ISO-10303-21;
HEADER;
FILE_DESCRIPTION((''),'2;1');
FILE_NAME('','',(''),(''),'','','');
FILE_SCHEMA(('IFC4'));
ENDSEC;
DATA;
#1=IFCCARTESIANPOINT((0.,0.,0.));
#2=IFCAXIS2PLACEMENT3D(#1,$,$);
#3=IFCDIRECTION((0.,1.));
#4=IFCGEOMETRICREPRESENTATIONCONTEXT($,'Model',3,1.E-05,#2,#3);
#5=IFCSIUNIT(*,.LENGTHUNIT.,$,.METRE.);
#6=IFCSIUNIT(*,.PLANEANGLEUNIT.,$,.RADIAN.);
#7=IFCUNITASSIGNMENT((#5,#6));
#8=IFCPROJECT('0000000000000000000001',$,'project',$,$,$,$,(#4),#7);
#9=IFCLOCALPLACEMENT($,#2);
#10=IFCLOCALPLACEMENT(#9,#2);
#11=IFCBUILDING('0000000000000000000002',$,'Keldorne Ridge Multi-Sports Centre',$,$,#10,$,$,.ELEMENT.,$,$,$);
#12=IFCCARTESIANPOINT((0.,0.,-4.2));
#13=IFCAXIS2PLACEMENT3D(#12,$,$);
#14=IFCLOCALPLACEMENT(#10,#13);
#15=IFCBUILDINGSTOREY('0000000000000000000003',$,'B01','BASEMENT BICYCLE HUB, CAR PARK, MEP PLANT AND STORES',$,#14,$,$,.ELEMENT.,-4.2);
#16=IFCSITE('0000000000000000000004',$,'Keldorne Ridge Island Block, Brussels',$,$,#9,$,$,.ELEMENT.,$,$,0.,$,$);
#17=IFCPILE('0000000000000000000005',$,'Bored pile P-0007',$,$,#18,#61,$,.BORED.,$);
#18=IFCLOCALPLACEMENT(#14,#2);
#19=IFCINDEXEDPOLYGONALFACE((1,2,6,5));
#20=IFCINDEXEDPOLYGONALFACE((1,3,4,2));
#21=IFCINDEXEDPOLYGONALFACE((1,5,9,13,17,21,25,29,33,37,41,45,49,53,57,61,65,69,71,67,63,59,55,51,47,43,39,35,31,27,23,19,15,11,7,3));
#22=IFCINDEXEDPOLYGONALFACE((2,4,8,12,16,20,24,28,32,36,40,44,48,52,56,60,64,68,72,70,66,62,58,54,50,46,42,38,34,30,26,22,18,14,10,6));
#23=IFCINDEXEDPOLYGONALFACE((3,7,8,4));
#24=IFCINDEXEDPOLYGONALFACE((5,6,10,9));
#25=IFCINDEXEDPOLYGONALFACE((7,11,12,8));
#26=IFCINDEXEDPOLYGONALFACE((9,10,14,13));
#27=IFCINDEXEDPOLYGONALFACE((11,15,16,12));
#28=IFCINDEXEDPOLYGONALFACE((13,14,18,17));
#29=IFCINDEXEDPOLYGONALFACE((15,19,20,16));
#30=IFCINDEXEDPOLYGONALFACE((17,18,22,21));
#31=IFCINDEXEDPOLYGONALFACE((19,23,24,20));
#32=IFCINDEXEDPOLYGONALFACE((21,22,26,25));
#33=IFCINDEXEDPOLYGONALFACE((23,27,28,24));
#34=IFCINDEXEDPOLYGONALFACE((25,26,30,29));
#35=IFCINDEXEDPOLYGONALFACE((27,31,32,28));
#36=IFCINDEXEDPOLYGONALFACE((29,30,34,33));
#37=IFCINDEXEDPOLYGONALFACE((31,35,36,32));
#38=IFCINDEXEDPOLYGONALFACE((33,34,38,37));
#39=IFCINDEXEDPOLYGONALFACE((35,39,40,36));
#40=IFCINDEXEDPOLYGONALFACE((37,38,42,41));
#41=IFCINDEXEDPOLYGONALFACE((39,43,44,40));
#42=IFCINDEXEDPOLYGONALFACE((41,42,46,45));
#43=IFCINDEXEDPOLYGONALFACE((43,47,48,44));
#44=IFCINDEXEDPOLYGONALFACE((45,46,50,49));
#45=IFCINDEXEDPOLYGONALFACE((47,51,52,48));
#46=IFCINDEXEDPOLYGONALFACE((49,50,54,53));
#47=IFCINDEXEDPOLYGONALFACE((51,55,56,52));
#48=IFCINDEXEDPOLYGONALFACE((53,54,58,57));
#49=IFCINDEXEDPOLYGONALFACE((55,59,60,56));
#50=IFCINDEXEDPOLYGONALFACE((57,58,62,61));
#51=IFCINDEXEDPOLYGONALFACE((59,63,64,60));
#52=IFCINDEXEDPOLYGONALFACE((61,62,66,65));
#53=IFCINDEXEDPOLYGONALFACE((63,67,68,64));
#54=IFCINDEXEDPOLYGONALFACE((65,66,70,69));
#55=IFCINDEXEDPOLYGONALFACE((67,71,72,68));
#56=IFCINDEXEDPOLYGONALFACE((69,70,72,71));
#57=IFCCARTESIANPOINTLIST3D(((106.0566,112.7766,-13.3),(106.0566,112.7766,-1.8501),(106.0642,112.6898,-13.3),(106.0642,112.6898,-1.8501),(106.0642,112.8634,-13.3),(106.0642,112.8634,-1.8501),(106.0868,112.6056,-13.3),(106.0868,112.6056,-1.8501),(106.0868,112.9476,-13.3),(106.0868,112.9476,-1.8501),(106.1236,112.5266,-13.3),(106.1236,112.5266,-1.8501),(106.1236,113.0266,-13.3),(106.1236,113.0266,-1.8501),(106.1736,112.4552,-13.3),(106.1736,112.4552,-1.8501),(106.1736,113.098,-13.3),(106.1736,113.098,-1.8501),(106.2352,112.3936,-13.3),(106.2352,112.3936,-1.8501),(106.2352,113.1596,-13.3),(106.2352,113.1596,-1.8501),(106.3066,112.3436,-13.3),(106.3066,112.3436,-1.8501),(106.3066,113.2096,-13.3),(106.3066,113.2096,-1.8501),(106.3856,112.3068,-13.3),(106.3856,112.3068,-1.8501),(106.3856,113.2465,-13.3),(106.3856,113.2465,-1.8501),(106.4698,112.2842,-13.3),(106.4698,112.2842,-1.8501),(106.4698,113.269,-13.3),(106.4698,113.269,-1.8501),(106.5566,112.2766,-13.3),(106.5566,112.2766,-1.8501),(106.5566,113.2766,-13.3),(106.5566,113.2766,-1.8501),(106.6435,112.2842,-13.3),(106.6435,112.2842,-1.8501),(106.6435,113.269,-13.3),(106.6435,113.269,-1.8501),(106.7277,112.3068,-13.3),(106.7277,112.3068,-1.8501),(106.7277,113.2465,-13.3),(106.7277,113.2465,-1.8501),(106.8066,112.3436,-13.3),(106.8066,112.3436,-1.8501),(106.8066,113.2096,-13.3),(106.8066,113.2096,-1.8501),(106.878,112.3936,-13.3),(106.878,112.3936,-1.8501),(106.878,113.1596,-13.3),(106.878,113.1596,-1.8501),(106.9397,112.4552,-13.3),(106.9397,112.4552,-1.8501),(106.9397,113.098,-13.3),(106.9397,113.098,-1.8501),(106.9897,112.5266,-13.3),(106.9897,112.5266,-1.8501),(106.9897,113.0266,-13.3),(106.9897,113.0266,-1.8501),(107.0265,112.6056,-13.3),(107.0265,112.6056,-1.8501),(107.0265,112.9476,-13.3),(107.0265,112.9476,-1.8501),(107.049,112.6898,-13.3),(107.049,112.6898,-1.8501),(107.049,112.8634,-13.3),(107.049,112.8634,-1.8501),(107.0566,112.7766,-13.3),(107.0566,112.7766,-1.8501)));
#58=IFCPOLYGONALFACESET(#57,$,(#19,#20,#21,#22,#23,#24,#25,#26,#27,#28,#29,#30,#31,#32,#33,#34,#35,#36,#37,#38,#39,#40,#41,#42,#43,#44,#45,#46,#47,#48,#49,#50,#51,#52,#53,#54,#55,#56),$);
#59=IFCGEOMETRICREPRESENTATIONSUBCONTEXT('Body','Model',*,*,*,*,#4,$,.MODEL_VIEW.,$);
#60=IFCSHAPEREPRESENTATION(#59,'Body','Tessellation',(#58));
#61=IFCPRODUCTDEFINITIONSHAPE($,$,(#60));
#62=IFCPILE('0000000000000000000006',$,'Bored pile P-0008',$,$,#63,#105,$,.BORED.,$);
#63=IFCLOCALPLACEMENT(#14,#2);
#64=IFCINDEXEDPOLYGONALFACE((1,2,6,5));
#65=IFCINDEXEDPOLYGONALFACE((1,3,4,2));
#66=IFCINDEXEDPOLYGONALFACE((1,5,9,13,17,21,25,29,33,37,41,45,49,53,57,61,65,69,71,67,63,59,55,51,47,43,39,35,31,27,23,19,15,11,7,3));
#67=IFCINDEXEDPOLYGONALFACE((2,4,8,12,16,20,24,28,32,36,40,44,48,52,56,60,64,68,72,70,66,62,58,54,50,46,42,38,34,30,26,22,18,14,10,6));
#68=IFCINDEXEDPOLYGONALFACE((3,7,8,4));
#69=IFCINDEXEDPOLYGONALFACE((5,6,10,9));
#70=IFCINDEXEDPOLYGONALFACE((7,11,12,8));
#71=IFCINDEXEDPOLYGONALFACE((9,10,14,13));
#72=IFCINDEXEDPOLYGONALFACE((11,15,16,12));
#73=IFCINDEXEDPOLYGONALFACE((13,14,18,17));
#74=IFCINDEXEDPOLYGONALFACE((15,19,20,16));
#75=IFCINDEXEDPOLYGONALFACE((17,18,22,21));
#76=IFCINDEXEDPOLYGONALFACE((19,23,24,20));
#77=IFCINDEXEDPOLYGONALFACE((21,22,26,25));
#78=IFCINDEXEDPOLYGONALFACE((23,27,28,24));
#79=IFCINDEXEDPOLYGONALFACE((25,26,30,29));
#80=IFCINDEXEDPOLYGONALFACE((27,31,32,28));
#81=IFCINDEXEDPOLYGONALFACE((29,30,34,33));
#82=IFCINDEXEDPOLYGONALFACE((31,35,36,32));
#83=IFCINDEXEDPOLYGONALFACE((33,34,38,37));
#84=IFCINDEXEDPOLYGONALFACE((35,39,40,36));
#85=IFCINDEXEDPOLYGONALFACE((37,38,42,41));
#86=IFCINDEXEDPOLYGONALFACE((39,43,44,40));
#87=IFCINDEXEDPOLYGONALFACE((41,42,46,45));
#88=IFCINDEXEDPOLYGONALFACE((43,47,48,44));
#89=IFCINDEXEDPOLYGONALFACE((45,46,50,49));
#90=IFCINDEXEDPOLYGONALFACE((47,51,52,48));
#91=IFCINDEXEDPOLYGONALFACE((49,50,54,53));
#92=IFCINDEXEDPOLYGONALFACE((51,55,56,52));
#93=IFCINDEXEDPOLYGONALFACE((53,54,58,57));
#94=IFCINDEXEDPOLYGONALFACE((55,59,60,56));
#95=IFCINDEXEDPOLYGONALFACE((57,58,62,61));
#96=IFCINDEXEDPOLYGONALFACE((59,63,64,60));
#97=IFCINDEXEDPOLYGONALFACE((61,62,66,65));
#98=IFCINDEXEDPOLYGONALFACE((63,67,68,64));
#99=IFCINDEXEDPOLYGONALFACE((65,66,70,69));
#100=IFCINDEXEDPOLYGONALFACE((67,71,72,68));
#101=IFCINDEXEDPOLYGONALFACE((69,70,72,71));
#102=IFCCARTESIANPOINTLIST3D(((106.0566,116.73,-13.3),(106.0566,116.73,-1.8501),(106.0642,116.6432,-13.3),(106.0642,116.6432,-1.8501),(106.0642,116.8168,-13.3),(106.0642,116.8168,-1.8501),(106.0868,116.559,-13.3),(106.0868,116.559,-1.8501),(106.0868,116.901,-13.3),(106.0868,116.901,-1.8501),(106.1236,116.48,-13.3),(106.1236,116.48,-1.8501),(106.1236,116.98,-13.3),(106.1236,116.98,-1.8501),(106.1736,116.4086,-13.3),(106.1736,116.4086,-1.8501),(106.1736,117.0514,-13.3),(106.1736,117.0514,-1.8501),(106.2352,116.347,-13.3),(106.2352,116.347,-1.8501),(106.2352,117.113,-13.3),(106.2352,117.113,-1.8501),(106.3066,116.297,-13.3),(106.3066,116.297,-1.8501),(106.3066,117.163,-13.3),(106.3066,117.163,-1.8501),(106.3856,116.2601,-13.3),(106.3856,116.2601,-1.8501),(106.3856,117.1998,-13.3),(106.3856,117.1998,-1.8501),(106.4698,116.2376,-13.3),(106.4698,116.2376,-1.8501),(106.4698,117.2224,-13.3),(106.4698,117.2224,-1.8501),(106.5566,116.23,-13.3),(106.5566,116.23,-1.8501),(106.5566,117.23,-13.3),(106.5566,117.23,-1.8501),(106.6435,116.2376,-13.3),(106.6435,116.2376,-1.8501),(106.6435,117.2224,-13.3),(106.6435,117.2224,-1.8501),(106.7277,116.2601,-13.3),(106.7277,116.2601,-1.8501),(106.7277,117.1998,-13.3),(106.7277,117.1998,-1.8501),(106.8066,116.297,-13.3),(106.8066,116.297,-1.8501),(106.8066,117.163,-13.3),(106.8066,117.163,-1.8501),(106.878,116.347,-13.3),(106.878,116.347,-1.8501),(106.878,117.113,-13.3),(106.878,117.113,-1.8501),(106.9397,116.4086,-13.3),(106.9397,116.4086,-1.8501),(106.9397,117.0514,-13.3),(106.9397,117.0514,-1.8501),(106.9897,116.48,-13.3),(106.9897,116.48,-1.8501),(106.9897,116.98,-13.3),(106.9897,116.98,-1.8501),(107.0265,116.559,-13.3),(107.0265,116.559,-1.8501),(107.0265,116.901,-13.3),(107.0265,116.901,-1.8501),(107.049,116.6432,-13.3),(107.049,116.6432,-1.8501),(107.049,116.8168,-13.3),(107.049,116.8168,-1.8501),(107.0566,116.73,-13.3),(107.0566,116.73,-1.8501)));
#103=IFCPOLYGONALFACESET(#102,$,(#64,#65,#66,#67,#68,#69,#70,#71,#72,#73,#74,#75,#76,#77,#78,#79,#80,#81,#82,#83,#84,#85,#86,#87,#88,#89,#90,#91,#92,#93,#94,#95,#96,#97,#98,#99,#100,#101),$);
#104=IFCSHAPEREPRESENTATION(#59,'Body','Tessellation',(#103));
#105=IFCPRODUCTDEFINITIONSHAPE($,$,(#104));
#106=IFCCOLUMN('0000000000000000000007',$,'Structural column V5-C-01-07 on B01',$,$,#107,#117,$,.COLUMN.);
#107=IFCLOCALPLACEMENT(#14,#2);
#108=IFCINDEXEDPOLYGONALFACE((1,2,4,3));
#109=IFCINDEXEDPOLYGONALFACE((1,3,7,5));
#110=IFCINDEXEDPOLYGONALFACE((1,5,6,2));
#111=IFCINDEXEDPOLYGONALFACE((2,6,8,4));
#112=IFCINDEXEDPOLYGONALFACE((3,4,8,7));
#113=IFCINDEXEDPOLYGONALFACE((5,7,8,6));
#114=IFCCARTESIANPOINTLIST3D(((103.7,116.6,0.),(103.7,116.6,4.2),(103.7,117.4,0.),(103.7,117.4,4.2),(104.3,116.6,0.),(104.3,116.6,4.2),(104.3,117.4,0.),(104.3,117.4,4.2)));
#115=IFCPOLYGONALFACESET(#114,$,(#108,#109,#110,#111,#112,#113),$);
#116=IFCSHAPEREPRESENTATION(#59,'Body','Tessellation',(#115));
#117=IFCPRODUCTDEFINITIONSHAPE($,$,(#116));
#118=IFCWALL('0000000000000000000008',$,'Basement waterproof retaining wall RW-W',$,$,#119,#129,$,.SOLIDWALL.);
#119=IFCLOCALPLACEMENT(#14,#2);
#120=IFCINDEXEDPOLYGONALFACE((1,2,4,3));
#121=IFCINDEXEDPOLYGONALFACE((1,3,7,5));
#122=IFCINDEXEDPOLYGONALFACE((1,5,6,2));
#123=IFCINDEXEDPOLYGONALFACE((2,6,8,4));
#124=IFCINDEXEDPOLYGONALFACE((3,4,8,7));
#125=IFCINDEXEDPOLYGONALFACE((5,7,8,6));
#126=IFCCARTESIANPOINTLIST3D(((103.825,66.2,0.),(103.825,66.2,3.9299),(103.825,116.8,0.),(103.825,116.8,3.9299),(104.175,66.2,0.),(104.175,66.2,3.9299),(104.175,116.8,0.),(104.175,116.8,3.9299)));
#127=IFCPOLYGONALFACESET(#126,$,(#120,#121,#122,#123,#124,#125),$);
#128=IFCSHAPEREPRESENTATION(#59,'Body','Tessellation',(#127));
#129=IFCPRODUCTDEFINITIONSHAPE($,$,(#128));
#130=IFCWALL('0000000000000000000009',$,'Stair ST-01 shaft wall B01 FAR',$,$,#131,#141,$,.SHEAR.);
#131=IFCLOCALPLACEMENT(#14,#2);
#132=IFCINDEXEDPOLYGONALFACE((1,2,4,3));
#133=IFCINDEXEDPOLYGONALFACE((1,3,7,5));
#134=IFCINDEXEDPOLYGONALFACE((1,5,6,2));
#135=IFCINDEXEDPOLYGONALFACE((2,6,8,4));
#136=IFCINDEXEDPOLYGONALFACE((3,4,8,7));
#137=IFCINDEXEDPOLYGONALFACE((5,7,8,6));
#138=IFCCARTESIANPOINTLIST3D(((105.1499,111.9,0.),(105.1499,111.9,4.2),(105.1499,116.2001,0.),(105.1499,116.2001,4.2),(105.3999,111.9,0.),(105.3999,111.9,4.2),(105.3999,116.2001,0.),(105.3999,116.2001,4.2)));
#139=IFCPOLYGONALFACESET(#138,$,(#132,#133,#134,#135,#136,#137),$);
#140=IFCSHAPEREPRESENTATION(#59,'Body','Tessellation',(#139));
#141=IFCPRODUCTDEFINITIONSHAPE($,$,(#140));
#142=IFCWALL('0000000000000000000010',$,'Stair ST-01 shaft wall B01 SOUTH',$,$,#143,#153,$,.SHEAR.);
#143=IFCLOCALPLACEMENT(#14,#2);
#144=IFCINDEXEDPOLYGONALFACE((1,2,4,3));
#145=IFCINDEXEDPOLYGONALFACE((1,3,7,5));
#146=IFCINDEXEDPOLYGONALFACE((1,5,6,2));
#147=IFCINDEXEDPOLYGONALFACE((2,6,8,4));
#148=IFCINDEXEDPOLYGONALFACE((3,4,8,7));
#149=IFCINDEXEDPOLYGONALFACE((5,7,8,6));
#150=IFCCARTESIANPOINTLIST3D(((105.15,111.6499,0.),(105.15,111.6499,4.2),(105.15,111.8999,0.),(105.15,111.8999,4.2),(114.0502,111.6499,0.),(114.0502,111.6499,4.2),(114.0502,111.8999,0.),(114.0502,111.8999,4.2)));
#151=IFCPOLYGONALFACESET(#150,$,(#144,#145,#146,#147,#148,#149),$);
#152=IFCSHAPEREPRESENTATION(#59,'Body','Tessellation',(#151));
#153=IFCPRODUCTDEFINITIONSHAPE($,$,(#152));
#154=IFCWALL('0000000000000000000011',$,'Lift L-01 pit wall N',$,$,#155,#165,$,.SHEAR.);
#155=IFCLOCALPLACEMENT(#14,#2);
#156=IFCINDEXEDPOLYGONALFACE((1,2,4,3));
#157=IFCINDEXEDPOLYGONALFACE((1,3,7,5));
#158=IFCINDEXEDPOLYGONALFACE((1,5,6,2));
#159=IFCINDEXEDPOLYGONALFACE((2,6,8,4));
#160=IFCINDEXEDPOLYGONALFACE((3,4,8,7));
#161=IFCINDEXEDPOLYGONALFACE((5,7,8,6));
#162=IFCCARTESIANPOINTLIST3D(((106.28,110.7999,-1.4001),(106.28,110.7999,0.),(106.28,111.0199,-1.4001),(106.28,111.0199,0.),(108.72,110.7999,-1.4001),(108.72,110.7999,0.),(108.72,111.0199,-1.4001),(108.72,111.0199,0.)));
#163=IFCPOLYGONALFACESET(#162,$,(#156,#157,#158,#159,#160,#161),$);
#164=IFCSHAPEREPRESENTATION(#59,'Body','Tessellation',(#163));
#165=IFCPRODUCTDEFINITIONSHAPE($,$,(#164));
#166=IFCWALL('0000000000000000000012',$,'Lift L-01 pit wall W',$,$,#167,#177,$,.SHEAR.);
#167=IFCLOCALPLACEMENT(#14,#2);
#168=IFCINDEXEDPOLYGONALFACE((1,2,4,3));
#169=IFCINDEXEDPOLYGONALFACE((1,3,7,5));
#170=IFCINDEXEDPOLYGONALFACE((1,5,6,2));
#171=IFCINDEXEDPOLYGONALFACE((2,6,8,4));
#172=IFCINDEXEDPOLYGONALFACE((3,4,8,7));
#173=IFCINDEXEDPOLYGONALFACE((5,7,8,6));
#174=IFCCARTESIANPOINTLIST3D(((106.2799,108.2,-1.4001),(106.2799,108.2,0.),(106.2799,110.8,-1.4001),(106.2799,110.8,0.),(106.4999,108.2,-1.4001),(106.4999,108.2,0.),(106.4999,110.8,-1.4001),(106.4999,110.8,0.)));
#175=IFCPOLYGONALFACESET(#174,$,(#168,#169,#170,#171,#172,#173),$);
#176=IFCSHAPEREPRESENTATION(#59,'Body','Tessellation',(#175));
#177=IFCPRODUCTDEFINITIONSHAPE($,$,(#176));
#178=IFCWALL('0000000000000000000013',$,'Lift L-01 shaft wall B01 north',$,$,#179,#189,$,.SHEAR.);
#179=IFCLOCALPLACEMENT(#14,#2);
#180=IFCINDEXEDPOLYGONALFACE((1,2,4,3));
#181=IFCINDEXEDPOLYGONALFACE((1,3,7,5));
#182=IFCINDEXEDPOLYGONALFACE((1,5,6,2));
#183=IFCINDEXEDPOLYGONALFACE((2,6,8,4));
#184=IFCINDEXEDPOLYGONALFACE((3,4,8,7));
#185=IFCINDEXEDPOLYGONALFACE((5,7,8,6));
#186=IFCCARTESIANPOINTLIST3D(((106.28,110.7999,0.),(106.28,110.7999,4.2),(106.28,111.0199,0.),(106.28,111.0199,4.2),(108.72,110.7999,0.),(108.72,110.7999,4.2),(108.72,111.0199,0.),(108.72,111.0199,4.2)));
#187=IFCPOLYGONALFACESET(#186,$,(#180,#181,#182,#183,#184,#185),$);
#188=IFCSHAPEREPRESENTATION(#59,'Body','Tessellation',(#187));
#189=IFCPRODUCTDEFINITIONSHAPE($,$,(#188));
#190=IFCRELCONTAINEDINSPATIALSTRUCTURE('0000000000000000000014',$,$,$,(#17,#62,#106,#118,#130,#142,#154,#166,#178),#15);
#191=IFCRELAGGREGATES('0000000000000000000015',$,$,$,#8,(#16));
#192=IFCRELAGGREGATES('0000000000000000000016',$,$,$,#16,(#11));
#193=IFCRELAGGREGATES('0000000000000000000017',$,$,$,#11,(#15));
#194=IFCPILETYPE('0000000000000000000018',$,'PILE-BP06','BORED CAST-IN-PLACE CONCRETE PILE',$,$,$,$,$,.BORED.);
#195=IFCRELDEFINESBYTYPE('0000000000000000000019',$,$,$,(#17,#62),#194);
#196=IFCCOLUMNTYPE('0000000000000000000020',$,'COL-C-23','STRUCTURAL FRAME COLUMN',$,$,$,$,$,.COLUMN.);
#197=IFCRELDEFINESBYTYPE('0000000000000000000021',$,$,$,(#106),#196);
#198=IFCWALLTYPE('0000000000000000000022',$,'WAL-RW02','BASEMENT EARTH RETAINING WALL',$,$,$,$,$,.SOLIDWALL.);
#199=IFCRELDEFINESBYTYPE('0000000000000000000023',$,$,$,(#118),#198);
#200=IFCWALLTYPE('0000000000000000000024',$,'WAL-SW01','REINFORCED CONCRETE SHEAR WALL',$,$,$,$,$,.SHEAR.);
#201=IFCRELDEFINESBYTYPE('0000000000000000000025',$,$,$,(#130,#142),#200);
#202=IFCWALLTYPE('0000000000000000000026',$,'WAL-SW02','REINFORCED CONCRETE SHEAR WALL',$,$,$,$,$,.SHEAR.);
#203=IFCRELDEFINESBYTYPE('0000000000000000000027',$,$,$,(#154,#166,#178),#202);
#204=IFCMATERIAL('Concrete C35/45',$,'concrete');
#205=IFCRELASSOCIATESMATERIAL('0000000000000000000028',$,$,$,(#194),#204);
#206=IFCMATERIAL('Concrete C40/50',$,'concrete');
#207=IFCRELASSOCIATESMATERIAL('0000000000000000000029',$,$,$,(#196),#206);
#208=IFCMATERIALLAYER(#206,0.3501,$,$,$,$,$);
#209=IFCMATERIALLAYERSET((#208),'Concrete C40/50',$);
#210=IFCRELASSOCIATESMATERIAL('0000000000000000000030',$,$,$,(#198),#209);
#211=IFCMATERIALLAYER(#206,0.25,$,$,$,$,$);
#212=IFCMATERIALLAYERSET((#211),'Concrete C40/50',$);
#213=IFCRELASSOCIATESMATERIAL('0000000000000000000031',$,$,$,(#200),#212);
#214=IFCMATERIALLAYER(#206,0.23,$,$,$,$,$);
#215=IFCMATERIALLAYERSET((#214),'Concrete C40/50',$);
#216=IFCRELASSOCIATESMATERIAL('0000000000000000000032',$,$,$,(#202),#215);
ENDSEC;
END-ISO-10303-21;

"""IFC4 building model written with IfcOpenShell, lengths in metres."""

from ifc_helpers import new_model, si_unit, direction, frame, frame_2d, origin, origin_2d, place, context, subcontext, project, spatial, rectangle, circle, extrude, material, layer, layer_set, material_profile, profile_set, type_object, element, save


model = new_model("IFC4")

# Units and contexts
model_context = context("Model", 3, precision=1e-05, world=origin(), true_north=direction((0.0, 1.0)))
body_context = subcontext(model_context, "Body", "Model", "MODEL_VIEW")
ifc_project = project(units=[si_unit("LENGTHUNIT", "METRE"), si_unit("PLANEANGLEUNIT", "RADIAN")], contexts=[model_context])

# Site, building, storey
site_placement = place(None, origin())
site = spatial("IfcSite", under=ifc_project, at=site_placement, Name="Keldorne Ridge Island Block, Brussels", CompositionType="ELEMENT", RefElevation=0.0)
building_placement = place(site_placement, origin())
building = spatial("IfcBuilding", under=site, at=building_placement, Name="Keldorne Ridge Multi-Sports Centre", CompositionType="ELEMENT")
storey_placement = place(building_placement, frame((0.0, 0.0, -4.2)))
storey = spatial("IfcBuildingStorey", under=building, at=storey_placement, Name="B01", Description="BASEMENT BICYCLE HUB, CAR PARK, MEP PLANT AND STORES", CompositionType="ELEMENT", Elevation=-4.2)

# Shared definitions
ifc_material_1 = material(Name="Concrete C35/45", Category="concrete")

# Piles
ifc_material_profile_1 = material_profile(ifc_material_1, circle(Radius=0.5, at=origin_2d()), Name="BORED PILE D1000")
ifc_profile_set_1 = profile_set([ifc_material_profile_1], Name="Concrete C35/45")
pile_type_1 = type_object("IfcPileType", Name="PILE-BP06", Description="BORED CAST-IN-PLACE CONCRETE PILE", PredefinedType="BORED", material=ifc_profile_set_1)
for number, where, z_axis, x_axis, name in (
    (1, (106.5566, 112.7766, -1.8501), (0.0, 0.0, -1.0), (1.0, 0.0, 0.0), "Bored pile P-0007"),
    (2, (106.5566, 116.73, -1.8501), (0.0, 0.0, -1.0), (1.0, 0.0, 0.0), "Bored pile P-0008"),
):
    element("IfcPile", number, at=place(storey_placement, frame(where, z_axis=z_axis, x_axis=x_axis)), inside=storey, type_object=pile_type_1, Name=name, PredefinedType="BORED", context=body_context, shape_type="SweptSolid", body=[
        extrude(circle(Radius=0.5, at=origin_2d()), origin(), (0.0, 0.0, 1.0), 11.45),
    ])

# Column
ifc_material_2 = material(Name="Concrete C40/50", Category="concrete")
ifc_material_profile_2 = material_profile(ifc_material_2, rectangle(XDim=0.6001, YDim=0.8, at=origin_2d()), Name="RC 600x800")
ifc_profile_set_2 = profile_set([ifc_material_profile_2], Name="Concrete C40/50")
column_type = type_object("IfcColumnType", Name="COL-C-23", Description="STRUCTURAL FRAME COLUMN", PredefinedType="COLUMN", material=ifc_profile_set_2)
column_placement = place(storey_placement, frame((104.0, 117.0, 0.0), z_axis=(0.0, 0.0, 1.0), x_axis=(1.0, 0.0, 0.0)))
element("IfcColumn", 3, at=column_placement, inside=storey, type_object=column_type, Name="Structural column V5-C-01-07 on B01", PredefinedType="COLUMN", context=body_context, shape_type="SweptSolid", body=[
    extrude(rectangle(XDim=0.6001, YDim=0.8, at=origin_2d()), origin(), (0.0, 0.0, 1.0), 4.2),
])

# Walls
ifc_layer_1 = layer(ifc_material_2, 0.3501)
ifc_layer_set_1 = layer_set([ifc_layer_1], Name="Concrete C40/50")
wall_type_1 = type_object("IfcWallType", Name="WAL-RW02", Description="BASEMENT EARTH RETAINING WALL", PredefinedType="SOLIDWALL", material=ifc_layer_set_1)
wall_1_placement = place(storey_placement, frame((104.0, 116.8, 0.0), z_axis=(0.0, 0.0, 1.0), x_axis=(0.0, -1.0, 0.0)))
element("IfcWall", 4, at=wall_1_placement, inside=storey, type_object=wall_type_1, Name="Basement waterproof retaining wall RW-W", PredefinedType="SOLIDWALL", context=body_context, shape_type="SweptSolid", body=[
    extrude(rectangle(XDim=50.6001, YDim=0.3501, at=frame_2d((25.3, 0.0))), origin(), (0.0, 0.0, 1.0), 3.9299),
])
ifc_layer_2 = layer(ifc_material_2, 0.25)
ifc_layer_set_2 = layer_set([ifc_layer_2], Name="Concrete C40/50")
wall_type_2 = type_object("IfcWallType", Name="WAL-SW01", Description="REINFORCED CONCRETE SHEAR WALL", PredefinedType="SHEAR", material=ifc_layer_set_2)
wall_2_placement = place(storey_placement, frame((105.2749, 116.2, 0.0), z_axis=(0.0, 0.0, 1.0), x_axis=(0.0, -1.0, 0.0)))
element("IfcWall", 5, at=wall_2_placement, inside=storey, type_object=wall_type_2, Name="Stair ST-01 shaft wall B01 FAR", PredefinedType="SHEAR", context=body_context, shape_type="SweptSolid", body=[
    extrude(rectangle(XDim=4.3, YDim=0.25, at=frame_2d((2.1499, 0.0))), origin(), (0.0, 0.0, 1.0), 4.2),
])
wall_3_placement = place(storey_placement, frame((105.1499, 111.7749, 0.0), z_axis=(0.0, 0.0, 1.0), x_axis=(1.0, 0.0, 0.0)))
element("IfcWall", 6, at=wall_3_placement, inside=storey, type_object=wall_type_2, Name="Stair ST-01 shaft wall B01 SOUTH", PredefinedType="SHEAR", context=body_context, shape_type="SweptSolid", body=[
    extrude(rectangle(XDim=8.9001, YDim=0.25, at=frame_2d((4.4502, 0.0))), origin(), (0.0, 0.0, 1.0), 4.2),
])
ifc_layer_3 = layer(ifc_material_2, 0.23)
ifc_layer_set_3 = layer_set([ifc_layer_3], Name="Concrete C40/50")
wall_type_3 = type_object("IfcWallType", Name="WAL-SW02", Description="REINFORCED CONCRETE SHEAR WALL", PredefinedType="SHEAR", material=ifc_layer_set_3)
wall_4_placement = place(storey_placement, frame((108.72, 110.9099, -1.4001), z_axis=(0.0, 0.0, 1.0), x_axis=(-1.0, 0.0, 0.0)))
element("IfcWall", 7, at=wall_4_placement, inside=storey, type_object=wall_type_3, Name="Lift L-01 pit wall N", PredefinedType="SHEAR", context=body_context, shape_type="SweptSolid", body=[
    extrude(rectangle(XDim=2.4399, YDim=0.22, at=frame_2d((1.22, 0.0))), origin(), (0.0, 0.0, 1.0), 1.4001),
])
wall_5_placement = place(storey_placement, frame((106.3899, 110.8, -1.4001), z_axis=(0.0, 0.0, 1.0), x_axis=(0.0, -1.0, 0.0)))
element("IfcWall", 8, at=wall_5_placement, inside=storey, type_object=wall_type_3, Name="Lift L-01 pit wall W", PredefinedType="SHEAR", context=body_context, shape_type="SweptSolid", body=[
    extrude(rectangle(XDim=2.6001, YDim=0.22, at=frame_2d((1.3, 0.0))), origin(), (0.0, 0.0, 1.0), 1.4001),
])
wall_6_placement = place(storey_placement, frame((108.72, 110.9099, 0.0), z_axis=(0.0, 0.0, 1.0), x_axis=(-1.0, 0.0, 0.0)))
element("IfcWall", 9, at=wall_6_placement, inside=storey, type_object=wall_type_3, Name="Lift L-01 shaft wall B01 north", PredefinedType="SHEAR", context=body_context, shape_type="SweptSolid", body=[
    extrude(rectangle(XDim=2.4399, YDim=0.22, at=frame_2d((1.22, 0.0))), origin(), (0.0, 0.0, 1.0), 4.2),
])

save(model, "model.ifc")
